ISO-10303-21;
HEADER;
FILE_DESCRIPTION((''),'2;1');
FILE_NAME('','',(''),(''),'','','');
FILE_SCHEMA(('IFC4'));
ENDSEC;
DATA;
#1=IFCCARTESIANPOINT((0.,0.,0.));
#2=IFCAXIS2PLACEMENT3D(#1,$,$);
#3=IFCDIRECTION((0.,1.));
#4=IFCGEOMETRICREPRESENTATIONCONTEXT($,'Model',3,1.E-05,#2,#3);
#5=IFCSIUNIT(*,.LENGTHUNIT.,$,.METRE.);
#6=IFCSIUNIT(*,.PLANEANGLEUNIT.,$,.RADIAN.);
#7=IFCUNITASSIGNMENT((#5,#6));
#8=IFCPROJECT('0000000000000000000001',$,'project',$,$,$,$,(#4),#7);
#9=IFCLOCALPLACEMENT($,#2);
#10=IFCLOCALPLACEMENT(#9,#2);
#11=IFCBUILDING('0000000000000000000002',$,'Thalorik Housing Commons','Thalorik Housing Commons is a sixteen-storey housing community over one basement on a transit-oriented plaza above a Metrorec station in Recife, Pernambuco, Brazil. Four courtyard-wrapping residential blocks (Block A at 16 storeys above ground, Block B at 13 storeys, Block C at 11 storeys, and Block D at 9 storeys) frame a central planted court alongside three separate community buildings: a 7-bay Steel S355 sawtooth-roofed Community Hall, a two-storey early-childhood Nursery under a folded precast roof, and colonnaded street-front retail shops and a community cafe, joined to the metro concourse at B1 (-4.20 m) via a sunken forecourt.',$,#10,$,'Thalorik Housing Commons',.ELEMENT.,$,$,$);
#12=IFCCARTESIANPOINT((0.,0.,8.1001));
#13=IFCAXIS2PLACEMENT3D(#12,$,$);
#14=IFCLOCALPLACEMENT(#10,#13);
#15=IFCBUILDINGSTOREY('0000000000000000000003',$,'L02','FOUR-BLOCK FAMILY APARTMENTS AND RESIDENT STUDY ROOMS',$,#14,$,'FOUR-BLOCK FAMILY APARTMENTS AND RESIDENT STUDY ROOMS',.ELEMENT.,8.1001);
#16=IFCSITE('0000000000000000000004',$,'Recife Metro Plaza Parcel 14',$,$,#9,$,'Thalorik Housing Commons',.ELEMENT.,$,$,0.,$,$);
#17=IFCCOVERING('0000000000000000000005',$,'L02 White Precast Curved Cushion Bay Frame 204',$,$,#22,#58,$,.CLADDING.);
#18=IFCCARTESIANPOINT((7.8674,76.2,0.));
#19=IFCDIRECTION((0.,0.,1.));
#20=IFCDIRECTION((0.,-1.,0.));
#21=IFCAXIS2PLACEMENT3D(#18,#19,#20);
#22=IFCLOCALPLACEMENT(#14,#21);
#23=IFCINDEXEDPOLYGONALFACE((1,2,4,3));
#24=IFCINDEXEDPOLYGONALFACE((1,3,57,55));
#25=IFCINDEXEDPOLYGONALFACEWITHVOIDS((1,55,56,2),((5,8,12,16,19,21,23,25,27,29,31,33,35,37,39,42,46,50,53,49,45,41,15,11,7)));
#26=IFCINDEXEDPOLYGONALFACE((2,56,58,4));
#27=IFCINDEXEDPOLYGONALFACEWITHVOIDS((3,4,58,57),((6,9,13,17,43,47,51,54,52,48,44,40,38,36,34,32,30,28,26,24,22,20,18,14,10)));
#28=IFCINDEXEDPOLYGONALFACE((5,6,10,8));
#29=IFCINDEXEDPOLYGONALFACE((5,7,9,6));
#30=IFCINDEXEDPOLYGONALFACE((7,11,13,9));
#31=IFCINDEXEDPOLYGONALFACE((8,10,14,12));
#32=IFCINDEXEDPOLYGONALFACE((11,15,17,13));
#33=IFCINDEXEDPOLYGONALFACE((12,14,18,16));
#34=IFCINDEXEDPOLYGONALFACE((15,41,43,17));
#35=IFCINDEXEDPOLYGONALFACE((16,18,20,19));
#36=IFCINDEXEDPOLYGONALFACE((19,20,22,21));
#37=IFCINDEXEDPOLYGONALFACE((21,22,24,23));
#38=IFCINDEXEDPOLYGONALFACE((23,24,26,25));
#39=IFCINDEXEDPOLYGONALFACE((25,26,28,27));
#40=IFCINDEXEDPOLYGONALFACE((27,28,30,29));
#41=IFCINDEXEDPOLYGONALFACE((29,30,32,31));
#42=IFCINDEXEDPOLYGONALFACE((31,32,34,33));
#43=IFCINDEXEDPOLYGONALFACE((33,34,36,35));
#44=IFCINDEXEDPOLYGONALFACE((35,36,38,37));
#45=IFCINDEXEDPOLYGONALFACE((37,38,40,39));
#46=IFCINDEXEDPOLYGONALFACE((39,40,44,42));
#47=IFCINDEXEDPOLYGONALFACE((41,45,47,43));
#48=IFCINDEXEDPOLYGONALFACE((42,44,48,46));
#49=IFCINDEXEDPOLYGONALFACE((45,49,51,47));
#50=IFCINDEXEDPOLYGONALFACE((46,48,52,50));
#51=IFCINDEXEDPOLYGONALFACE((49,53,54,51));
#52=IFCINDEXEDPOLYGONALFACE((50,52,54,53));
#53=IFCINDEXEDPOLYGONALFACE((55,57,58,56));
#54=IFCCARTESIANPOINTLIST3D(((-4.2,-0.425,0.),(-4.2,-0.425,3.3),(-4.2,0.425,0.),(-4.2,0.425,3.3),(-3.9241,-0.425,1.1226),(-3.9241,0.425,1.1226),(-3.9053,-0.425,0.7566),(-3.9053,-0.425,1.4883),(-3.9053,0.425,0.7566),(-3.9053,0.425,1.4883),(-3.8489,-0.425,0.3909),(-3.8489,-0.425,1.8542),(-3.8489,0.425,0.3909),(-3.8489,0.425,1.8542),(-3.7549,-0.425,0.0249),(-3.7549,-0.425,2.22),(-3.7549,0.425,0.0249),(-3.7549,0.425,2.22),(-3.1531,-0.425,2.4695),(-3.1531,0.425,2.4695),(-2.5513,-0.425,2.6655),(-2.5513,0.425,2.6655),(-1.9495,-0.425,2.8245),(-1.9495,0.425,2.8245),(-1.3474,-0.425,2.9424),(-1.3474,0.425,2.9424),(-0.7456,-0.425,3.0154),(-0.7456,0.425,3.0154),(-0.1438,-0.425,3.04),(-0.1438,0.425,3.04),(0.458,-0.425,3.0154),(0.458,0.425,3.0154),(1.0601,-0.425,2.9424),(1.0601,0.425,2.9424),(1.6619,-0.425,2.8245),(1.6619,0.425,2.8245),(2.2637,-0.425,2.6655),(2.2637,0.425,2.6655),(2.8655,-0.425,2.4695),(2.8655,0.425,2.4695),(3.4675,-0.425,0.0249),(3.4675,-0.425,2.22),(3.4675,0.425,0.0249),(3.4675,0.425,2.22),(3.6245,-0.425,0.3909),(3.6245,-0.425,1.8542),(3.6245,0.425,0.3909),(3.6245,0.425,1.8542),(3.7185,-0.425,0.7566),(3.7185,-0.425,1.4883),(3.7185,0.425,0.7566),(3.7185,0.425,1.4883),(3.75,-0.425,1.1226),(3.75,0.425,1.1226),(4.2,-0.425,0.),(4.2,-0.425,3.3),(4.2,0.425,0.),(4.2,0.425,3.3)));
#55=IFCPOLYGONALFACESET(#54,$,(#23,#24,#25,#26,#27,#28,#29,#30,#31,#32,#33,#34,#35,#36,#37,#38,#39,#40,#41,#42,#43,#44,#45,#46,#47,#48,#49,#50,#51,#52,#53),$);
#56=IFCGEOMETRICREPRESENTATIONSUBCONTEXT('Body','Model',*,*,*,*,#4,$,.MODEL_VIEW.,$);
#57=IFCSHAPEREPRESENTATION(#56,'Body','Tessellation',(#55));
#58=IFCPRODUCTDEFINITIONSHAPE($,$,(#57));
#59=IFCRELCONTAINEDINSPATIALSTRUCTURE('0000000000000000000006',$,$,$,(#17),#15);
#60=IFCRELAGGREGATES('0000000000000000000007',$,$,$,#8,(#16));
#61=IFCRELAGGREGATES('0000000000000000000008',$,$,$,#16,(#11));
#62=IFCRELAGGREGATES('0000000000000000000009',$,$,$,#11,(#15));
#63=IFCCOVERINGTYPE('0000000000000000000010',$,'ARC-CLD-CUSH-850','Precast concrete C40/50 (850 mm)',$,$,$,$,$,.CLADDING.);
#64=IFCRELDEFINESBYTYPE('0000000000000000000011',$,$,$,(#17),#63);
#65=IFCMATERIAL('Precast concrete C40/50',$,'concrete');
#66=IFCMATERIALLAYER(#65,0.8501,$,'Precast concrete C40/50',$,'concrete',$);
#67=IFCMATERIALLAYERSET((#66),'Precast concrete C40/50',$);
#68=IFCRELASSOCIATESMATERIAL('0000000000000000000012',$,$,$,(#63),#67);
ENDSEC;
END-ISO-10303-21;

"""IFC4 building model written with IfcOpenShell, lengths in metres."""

from ifc_helpers import new_model, si_unit, direction, frame, origin, place, context, subcontext, project, spatial, polyline, outline, extrude, material, layer, layer_set, type_object, element, save


model = new_model("IFC4")

# Units and contexts
model_context = context("Model", 3, precision=1e-05, world=origin(), true_north=direction((0.0, 1.0)))
body_context = subcontext(model_context, "Body", "Model", "MODEL_VIEW")
ifc_project = project(units=[si_unit("LENGTHUNIT", "METRE"), si_unit("PLANEANGLEUNIT", "RADIAN")], contexts=[model_context])

# Site, building, storey
site_placement = place(None, origin())
site = spatial("IfcSite", under=ifc_project, at=site_placement, Name="Recife Metro Plaza Parcel 14", LongName="Thalorik Housing Commons", CompositionType="ELEMENT", RefElevation=0.0)
building_placement = place(site_placement, origin())
building = spatial("IfcBuilding", under=site, at=building_placement, Name="Thalorik Housing Commons", Description="Thalorik Housing Commons is a sixteen-storey housing community over one basement on a transit-oriented plaza above a Metrorec station in Recife, Pernambuco, Brazil. Four courtyard-wrapping residential blocks (Block A at 16 storeys above ground, Block B at 13 storeys, Block C at 11 storeys, and Block D at 9 storeys) frame a central planted court alongside three separate community buildings: a 7-bay Steel S355 sawtooth-roofed Community Hall, a two-storey early-childhood Nursery under a folded precast roof, and colonnaded street-front retail shops and a community cafe, joined to the metro concourse at B1 (-4.20 m) via a sunken forecourt.", LongName="Thalorik Housing Commons", CompositionType="ELEMENT")
storey_placement = place(building_placement, frame((0.0, 0.0, 8.1001)))
storey = spatial("IfcBuildingStorey", under=building, at=storey_placement, Name="L02", Description="FOUR-BLOCK FAMILY APARTMENTS AND RESIDENT STUDY ROOMS", LongName="FOUR-BLOCK FAMILY APARTMENTS AND RESIDENT STUDY ROOMS", CompositionType="ELEMENT", Elevation=8.1001)

# Shared definitions
ifc_material_1 = material(Name="Precast concrete C40/50", Category="concrete")

# Covering
ifc_layer_1 = layer(ifc_material_1, 0.8501, Name="Precast concrete C40/50", Category="concrete")
ifc_layer_set_1 = layer_set([ifc_layer_1], Name="Precast concrete C40/50")
covering_type = type_object("IfcCoveringType", Name="ARC-CLD-CUSH-850", Description="Precast concrete C40/50 (850 mm)", PredefinedType="CLADDING", material=ifc_layer_set_1)
covering_placement = place(storey_placement, frame((7.8674, 76.2, 0.0), z_axis=(0.0, 0.0, 1.0), x_axis=(0.0, -1.0, 0.0)))
element("IfcCovering", 1, at=covering_placement, inside=storey, type_object=covering_type, Name="L02 White Precast Curved Cushion Bay Frame 204", PredefinedType="CLADDING", context=body_context, shape_type="SweptSolid", body=[
    extrude(outline(polyline([(-4.2, 0.0), (4.2, 0.0), (4.2, 3.3), (-4.2, 3.3), (-4.2, 0.0)]), holes=[polyline([(3.4675, 0.0249), (3.6245, 0.3909), (3.7185, 0.7566), (3.75, 1.1226), (3.7185, 1.4883), (3.6245, 1.8542), (3.4675, 2.22), (2.8655, 2.4695), (2.2637, 2.6655), (1.6619, 2.8245), (1.0601, 2.9424), (0.458, 3.0154), (-0.1438, 3.04), (-0.7456, 3.0154), (-1.3474, 2.9424), (-1.9495, 2.8245), (-2.5513, 2.6655), (-3.1531, 2.4695), (-3.7549, 2.22), (-3.8489, 1.8542), (-3.9053, 1.4883), (-3.9241, 1.1226), (-3.9053, 0.7566), (-3.8489, 0.3909), (-3.7549, 0.0249), (3.4675, 0.0249)])]), frame((0.0, 0.425, 0.0), z_axis=(0.0, -1.0, 0.0), x_axis=(1.0, 0.0, 0.0)), (0.0, 0.0, 1.0), 0.8501),
])

save(model, "model.ifc")
